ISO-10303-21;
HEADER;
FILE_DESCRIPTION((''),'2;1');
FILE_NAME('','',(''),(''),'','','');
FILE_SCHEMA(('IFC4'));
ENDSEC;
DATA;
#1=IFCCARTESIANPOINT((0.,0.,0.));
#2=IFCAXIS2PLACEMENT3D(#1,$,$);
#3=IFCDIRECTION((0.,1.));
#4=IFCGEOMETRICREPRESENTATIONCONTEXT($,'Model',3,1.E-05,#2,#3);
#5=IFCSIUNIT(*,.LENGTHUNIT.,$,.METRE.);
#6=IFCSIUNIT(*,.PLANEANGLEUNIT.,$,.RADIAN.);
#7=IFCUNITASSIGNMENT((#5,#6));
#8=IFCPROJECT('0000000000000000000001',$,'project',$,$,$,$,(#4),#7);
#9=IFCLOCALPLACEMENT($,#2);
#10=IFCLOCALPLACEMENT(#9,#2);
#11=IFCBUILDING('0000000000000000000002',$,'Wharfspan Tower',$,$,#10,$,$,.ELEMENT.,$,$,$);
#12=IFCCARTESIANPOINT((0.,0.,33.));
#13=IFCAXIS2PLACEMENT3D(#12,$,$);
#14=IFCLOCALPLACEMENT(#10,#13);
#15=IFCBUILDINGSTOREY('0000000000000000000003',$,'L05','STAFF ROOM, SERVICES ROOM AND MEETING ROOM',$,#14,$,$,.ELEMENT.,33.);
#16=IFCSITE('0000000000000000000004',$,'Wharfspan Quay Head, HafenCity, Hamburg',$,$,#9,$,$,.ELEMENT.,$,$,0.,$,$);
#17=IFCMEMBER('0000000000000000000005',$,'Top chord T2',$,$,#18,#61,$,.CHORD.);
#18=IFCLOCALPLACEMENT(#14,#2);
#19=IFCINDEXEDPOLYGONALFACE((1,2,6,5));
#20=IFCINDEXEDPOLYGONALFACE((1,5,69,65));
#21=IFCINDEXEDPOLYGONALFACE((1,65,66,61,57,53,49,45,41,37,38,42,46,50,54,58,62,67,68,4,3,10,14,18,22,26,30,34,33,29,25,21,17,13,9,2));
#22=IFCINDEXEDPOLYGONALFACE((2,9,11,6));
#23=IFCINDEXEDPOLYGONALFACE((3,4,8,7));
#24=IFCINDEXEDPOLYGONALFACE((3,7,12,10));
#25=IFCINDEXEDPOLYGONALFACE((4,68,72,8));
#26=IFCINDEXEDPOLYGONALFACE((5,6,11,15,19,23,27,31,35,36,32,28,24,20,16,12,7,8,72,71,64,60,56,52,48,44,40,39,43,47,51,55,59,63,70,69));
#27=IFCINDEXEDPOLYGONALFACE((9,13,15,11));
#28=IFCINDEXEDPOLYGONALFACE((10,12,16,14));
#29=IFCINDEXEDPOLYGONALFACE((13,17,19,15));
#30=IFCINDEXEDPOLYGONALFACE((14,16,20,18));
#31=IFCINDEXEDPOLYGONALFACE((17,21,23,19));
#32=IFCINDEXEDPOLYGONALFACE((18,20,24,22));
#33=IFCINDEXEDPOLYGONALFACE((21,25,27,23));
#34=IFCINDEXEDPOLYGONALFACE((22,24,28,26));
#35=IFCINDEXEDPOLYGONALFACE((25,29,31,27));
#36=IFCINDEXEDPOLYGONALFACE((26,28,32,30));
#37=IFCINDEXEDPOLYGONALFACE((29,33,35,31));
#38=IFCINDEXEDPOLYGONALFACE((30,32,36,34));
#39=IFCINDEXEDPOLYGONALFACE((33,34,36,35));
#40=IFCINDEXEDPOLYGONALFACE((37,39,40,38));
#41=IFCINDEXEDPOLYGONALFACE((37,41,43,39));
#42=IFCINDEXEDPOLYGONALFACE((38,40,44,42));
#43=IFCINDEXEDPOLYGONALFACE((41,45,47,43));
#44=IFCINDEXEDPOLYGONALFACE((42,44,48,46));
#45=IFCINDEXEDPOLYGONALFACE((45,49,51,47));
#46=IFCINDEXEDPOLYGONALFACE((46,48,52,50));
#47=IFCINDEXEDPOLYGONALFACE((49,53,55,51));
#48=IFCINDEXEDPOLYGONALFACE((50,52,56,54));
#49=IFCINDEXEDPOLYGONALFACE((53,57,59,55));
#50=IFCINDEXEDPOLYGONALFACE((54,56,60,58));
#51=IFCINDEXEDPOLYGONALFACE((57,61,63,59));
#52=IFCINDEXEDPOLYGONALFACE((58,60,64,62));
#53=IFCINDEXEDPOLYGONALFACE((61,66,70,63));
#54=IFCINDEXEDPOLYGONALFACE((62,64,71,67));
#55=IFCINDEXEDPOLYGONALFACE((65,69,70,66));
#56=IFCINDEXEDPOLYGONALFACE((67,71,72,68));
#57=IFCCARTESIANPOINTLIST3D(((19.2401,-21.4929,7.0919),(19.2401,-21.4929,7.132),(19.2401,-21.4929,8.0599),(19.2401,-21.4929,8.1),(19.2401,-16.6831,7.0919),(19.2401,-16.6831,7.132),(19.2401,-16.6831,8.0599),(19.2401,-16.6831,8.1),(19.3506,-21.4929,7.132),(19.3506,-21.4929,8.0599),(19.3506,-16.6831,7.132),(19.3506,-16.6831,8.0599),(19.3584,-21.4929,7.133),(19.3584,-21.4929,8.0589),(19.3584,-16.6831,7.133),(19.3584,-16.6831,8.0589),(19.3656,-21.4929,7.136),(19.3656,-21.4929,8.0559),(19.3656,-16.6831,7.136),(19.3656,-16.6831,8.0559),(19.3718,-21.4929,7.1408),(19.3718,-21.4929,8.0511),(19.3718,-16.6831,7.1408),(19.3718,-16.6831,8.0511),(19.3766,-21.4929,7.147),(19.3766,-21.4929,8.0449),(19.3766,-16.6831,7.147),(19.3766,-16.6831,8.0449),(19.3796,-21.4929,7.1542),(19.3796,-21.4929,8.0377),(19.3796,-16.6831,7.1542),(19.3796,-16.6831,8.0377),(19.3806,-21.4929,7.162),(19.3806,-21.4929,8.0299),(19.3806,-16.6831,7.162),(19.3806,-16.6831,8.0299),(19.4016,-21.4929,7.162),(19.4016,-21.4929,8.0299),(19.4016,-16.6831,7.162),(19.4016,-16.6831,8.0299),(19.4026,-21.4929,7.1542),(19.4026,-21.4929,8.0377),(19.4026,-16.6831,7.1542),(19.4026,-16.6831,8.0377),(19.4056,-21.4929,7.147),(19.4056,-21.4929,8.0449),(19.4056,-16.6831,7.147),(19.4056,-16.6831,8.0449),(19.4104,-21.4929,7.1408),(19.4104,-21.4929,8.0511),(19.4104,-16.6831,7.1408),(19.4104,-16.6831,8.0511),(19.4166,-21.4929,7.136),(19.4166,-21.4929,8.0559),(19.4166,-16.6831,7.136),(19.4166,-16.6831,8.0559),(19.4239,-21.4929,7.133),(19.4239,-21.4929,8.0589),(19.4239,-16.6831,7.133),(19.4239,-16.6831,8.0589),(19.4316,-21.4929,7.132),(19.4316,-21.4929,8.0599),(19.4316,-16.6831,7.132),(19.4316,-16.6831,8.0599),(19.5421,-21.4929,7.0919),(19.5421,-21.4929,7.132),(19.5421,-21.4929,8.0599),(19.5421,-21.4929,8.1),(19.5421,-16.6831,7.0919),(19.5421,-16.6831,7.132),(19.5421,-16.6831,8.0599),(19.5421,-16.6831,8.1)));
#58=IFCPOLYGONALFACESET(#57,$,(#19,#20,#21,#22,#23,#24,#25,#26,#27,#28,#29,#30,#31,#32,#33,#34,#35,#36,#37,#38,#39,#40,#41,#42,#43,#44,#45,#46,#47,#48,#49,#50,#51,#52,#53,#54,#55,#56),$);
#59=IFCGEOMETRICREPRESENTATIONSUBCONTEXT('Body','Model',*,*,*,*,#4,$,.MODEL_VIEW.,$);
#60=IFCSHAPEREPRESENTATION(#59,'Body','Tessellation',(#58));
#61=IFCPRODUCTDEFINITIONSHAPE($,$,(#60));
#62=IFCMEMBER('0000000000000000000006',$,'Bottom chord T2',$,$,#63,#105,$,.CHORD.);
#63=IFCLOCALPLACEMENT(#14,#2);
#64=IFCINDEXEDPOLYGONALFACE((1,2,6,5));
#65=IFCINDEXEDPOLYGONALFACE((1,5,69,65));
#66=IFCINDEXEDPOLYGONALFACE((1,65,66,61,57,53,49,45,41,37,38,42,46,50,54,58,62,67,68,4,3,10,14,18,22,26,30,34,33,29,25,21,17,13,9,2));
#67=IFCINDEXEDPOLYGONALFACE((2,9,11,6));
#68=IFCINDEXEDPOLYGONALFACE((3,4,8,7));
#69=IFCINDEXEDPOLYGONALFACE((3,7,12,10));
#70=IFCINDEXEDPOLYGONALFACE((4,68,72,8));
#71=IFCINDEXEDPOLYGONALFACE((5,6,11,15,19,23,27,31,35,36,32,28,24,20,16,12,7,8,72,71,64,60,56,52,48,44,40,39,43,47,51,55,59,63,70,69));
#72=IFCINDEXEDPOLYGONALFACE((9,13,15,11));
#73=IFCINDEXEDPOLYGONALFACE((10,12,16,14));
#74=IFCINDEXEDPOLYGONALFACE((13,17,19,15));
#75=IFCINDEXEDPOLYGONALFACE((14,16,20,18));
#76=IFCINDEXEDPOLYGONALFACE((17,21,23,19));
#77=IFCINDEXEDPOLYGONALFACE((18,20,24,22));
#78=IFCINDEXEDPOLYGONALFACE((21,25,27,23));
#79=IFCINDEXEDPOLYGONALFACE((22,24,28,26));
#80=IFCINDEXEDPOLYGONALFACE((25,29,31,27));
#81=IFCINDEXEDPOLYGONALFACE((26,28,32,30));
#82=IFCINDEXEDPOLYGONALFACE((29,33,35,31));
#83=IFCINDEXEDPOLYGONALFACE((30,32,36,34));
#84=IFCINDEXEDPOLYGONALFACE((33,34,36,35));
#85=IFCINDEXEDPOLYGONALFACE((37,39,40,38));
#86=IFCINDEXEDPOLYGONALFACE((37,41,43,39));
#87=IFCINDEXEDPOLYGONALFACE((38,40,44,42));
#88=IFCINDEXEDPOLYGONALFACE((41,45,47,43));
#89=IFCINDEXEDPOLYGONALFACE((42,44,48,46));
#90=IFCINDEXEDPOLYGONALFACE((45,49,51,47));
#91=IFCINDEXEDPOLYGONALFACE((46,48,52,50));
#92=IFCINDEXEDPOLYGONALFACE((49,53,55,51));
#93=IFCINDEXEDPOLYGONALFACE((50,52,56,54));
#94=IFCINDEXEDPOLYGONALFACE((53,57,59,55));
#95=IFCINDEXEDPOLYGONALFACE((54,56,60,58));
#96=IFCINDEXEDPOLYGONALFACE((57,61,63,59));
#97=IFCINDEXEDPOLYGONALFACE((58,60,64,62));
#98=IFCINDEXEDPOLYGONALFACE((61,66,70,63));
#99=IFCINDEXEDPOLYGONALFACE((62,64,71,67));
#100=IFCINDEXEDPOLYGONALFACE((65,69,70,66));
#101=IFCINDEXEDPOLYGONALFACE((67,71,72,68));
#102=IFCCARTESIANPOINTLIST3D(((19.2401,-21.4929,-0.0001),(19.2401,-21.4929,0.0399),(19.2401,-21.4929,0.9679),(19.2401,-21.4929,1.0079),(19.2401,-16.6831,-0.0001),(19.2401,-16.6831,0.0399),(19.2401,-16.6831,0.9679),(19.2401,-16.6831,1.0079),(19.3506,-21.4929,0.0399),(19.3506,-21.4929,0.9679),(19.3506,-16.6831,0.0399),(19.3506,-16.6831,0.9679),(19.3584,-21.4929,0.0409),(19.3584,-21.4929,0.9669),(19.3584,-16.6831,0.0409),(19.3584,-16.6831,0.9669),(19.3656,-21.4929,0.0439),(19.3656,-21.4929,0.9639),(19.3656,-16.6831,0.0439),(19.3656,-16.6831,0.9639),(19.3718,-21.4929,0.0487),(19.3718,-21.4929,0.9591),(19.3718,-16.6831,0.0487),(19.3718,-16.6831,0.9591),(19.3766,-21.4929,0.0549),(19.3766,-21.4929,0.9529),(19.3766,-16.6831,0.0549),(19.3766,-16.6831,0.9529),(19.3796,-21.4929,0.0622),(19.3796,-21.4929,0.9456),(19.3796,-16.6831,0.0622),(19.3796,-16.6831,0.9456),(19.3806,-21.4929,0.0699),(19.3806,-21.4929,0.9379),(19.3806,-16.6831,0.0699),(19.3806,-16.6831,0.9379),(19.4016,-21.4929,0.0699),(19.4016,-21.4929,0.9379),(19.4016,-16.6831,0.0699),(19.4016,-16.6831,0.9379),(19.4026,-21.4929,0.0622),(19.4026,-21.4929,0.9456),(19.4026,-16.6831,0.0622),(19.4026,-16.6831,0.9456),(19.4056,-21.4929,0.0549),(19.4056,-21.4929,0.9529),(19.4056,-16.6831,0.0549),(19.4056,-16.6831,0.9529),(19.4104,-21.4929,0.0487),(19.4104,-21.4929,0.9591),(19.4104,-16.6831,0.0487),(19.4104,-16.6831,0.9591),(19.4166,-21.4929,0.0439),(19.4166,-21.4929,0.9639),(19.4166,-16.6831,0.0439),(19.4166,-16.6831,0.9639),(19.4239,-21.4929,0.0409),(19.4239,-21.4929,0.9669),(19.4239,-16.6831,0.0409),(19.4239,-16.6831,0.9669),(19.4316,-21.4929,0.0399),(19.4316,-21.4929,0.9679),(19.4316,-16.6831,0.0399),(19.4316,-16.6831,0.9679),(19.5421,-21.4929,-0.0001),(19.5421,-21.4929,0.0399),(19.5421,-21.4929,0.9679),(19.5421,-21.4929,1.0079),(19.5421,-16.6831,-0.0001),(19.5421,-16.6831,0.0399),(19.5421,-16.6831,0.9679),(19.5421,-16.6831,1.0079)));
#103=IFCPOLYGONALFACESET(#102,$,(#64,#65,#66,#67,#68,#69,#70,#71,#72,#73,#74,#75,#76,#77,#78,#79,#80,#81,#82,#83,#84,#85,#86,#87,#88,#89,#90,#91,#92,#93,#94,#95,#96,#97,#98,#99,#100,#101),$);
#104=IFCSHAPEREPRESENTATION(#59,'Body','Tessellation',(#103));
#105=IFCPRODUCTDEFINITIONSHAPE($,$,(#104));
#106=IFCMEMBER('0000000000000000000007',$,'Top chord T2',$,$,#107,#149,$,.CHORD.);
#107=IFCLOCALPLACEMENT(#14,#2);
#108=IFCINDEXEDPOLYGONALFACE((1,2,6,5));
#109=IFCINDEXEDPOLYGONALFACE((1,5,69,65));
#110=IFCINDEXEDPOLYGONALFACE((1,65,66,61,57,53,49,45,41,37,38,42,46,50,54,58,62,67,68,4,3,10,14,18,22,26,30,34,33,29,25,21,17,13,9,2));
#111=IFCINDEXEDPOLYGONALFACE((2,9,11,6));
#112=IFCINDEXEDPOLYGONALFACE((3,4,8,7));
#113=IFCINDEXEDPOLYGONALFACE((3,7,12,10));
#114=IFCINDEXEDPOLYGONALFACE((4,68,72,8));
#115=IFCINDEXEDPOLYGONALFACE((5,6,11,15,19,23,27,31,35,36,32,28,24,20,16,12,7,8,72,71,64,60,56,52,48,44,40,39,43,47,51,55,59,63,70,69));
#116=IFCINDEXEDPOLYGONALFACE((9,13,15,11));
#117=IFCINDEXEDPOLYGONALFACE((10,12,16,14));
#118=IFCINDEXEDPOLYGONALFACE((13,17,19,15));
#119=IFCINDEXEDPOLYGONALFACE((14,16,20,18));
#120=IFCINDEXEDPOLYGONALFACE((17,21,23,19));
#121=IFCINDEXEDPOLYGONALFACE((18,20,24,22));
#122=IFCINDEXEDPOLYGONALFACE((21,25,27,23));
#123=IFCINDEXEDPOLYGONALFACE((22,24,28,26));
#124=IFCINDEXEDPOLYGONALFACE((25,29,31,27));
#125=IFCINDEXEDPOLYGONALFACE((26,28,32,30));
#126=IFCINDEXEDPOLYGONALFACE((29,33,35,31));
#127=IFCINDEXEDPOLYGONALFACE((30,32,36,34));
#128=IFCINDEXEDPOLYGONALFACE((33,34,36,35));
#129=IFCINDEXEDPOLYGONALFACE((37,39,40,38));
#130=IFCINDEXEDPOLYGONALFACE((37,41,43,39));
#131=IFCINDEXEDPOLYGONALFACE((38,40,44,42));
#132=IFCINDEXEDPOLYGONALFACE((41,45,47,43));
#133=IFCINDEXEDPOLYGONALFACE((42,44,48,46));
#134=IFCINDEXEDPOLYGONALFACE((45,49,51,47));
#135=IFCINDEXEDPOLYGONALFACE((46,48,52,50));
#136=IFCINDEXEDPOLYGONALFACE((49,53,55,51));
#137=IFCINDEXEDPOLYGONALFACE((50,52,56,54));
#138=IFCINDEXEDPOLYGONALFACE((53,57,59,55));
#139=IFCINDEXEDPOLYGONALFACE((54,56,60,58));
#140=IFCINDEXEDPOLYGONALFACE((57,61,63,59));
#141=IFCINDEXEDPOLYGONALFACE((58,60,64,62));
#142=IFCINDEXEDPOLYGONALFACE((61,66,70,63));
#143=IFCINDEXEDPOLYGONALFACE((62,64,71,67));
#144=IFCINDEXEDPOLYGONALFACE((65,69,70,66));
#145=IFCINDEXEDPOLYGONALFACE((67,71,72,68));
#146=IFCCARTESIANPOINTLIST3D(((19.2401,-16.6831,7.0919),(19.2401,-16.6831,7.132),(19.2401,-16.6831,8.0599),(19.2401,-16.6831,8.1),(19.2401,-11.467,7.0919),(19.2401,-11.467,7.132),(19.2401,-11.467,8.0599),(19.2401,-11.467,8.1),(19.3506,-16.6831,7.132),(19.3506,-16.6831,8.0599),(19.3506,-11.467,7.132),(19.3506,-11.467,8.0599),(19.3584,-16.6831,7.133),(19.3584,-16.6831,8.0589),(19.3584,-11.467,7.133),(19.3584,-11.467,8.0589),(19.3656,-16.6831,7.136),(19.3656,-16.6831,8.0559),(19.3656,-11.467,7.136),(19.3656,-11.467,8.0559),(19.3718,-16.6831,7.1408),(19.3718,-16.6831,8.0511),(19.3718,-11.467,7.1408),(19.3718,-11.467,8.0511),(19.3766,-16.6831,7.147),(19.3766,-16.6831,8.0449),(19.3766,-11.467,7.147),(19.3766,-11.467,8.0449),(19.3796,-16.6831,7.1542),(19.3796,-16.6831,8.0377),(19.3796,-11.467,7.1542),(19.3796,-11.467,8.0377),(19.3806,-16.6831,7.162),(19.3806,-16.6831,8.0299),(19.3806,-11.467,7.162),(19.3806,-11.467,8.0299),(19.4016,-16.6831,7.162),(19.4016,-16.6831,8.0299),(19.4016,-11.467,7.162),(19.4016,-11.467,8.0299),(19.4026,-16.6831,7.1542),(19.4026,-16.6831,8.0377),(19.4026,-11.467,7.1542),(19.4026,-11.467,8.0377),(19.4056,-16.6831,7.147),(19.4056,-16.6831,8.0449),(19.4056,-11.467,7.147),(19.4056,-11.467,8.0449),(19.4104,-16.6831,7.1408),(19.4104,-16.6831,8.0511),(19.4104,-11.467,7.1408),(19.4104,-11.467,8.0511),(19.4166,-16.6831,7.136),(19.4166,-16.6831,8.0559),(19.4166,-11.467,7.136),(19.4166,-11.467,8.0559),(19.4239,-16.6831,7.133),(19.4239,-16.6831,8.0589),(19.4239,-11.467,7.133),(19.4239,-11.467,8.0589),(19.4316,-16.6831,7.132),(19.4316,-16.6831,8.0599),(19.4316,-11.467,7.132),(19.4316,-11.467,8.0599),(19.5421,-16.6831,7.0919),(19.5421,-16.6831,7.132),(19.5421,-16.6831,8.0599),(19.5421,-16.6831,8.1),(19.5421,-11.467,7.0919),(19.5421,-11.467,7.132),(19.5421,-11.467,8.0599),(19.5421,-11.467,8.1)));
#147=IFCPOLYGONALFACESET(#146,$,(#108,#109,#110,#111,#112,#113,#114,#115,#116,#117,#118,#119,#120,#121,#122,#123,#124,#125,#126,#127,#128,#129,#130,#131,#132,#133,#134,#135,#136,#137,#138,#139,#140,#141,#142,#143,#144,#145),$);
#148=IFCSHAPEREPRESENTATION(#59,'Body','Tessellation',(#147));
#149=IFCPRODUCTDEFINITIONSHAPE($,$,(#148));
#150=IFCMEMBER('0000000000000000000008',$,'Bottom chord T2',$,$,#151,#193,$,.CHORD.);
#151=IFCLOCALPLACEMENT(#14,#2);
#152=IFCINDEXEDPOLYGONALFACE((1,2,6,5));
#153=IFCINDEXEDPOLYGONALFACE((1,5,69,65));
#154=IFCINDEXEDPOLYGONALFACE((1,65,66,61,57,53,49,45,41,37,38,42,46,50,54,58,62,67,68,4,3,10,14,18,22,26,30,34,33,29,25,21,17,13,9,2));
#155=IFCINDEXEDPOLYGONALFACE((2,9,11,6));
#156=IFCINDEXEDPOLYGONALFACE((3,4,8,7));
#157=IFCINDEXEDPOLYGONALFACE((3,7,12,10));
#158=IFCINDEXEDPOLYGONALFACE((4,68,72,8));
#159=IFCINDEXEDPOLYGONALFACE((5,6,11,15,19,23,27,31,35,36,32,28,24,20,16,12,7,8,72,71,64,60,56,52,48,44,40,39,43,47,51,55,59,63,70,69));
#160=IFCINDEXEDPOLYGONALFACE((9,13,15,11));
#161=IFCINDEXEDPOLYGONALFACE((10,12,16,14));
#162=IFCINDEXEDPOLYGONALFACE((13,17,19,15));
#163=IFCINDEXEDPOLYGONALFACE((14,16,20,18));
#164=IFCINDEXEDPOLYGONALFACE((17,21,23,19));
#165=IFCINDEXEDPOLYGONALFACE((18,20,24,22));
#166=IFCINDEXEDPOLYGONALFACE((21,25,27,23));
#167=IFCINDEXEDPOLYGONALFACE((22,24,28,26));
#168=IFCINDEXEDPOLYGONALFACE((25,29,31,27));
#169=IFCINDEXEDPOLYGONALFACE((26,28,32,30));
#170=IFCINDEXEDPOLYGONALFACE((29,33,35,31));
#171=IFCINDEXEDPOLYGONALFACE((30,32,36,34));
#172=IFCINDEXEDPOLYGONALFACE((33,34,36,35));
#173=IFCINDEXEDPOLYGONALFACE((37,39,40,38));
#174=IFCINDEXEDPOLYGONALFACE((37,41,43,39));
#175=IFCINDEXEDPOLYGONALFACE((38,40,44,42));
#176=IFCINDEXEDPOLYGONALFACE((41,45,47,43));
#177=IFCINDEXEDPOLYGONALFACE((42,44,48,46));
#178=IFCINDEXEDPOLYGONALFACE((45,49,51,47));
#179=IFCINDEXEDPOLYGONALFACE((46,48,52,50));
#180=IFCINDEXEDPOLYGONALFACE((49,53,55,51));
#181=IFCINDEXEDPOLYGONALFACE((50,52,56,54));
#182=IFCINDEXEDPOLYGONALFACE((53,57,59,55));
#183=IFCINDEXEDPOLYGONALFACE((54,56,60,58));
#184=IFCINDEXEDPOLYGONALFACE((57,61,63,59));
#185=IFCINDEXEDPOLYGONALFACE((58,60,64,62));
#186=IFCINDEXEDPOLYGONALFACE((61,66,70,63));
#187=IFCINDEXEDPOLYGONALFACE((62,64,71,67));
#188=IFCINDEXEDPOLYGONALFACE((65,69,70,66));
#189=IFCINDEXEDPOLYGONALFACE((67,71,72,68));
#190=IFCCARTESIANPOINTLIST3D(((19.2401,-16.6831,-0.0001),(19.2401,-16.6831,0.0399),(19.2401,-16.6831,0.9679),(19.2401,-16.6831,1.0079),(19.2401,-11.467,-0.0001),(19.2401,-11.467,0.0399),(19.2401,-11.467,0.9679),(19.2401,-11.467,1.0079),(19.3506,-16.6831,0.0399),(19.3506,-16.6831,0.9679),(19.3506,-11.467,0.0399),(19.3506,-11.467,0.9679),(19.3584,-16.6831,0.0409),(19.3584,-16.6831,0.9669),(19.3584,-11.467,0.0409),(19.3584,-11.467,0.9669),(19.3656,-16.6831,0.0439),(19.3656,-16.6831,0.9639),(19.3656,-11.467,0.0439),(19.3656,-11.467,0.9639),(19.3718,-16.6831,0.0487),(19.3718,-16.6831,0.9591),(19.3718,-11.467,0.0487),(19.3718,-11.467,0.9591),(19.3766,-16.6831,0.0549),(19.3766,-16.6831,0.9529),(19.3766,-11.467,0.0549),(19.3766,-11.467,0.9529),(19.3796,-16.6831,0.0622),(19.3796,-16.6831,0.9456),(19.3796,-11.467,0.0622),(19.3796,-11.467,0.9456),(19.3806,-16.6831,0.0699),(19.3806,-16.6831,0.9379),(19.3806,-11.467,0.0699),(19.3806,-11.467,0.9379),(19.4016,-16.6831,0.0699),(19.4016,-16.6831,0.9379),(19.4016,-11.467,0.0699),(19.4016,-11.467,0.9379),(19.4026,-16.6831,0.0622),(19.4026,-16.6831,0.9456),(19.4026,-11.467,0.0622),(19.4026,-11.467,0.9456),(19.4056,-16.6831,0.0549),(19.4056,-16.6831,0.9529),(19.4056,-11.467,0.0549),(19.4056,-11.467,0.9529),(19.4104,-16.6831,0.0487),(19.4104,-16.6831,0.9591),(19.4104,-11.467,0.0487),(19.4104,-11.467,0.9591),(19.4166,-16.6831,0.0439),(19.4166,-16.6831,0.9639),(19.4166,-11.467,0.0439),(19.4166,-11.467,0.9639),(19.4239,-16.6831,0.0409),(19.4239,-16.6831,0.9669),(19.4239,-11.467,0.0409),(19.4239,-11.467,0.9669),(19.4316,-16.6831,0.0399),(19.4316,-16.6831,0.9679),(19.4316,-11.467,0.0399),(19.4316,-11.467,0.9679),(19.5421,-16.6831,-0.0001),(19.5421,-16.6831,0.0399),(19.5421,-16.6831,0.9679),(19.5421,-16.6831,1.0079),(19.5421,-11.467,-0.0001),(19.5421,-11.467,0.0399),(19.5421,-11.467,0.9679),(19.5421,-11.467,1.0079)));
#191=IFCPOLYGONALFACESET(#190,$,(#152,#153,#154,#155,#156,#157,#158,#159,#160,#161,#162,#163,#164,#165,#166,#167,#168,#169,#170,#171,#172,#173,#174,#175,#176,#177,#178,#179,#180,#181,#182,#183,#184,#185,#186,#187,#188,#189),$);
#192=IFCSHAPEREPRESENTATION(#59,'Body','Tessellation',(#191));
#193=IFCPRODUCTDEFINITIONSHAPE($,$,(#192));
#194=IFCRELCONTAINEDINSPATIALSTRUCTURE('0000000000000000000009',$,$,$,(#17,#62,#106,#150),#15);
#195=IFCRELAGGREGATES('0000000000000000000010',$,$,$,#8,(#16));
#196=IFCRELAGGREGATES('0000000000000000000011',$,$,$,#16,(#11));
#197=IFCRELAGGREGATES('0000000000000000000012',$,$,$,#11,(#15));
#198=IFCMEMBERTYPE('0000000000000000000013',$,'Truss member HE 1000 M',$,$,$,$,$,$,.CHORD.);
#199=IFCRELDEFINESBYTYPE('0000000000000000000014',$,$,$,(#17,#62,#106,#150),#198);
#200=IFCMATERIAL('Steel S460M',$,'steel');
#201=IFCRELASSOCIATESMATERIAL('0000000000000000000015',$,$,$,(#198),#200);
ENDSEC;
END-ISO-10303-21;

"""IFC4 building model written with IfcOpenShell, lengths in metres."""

from ifc_helpers import new_model, si_unit, direction, frame, origin, origin_2d, place, context, subcontext, project, spatial, i_section, extrude, material, material_profile, profile_set, type_object, element, save


model = new_model("IFC4")

# Units and contexts
model_context = context("Model", 3, precision=1e-05, world=origin(), true_north=direction((0.0, 1.0)))
body_context = subcontext(model_context, "Body", "Model", "MODEL_VIEW")
ifc_project = project(units=[si_unit("LENGTHUNIT", "METRE"), si_unit("PLANEANGLEUNIT", "RADIAN")], contexts=[model_context])

# Site, building, storey
site_placement = place(None, origin())
site = spatial("IfcSite", under=ifc_project, at=site_placement, Name="Wharfspan Quay Head, HafenCity, Hamburg", CompositionType="ELEMENT", RefElevation=0.0)
building_placement = place(site_placement, origin())
building = spatial("IfcBuilding", under=site, at=building_placement, Name="Wharfspan Tower", CompositionType="ELEMENT")
storey_placement = place(building_placement, frame((0.0, 0.0, 33.0)))
storey = spatial("IfcBuildingStorey", under=building, at=storey_placement, Name="L05", Description="STAFF ROOM, SERVICES ROOM AND MEETING ROOM", CompositionType="ELEMENT", Elevation=33.0)

# Members
ifc_material_1 = material(Name="Steel S460M", Category="steel")
ifc_material_profile_1 = material_profile(ifc_material_1, i_section(OverallWidth=0.302, OverallDepth=1.0081, WebThickness=0.021, FlangeThickness=0.04, FilletRadius=0.03, at=origin_2d()))
ifc_profile_set_1 = profile_set([ifc_material_profile_1], Name="Steel S460M")
member_type_1 = type_object("IfcMemberType", Name="Truss member HE 1000 M", PredefinedType="CHORD", material=ifc_profile_set_1)
for number, where, z_axis, x_axis, name in (
    (1, (19.3911, -21.4929, 7.5959), (0.0, 1.0, 0.0), (-1.0, 0.0, 0.0), "Top chord T2"),
    (2, (19.3911, -21.4929, 0.5039), (0.0, 1.0, 0.0), (-1.0, 0.0, 0.0), "Bottom chord T2"),
):
    element("IfcMember", number, at=place(storey_placement, frame(where, z_axis=z_axis, x_axis=x_axis)), inside=storey, type_object=member_type_1, Name=name, PredefinedType="CHORD", context=body_context, shape_type="SweptSolid", body=[
        extrude(i_section(OverallWidth=0.302, OverallDepth=1.0081, WebThickness=0.021, FlangeThickness=0.04, FilletRadius=0.03, at=origin_2d()), origin(), (0.0, 0.0, 1.0), 4.8098),
    ])
for number, where, z_axis, x_axis, name in (
    (3, (19.3911, -16.6831, 7.5959), (0.0, 1.0, 0.0), (-1.0, 0.0, 0.0), "Top chord T2"),
    (4, (19.3911, -16.6831, 0.5039), (0.0, 1.0, 0.0), (-1.0, 0.0, 0.0), "Bottom chord T2"),
):
    element("IfcMember", number, at=place(storey_placement, frame(where, z_axis=z_axis, x_axis=x_axis)), inside=storey, type_object=member_type_1, Name=name, PredefinedType="CHORD", context=body_context, shape_type="SweptSolid", body=[
        extrude(i_section(OverallWidth=0.302, OverallDepth=1.0081, WebThickness=0.021, FlangeThickness=0.04, FilletRadius=0.03, at=origin_2d()), origin(), (0.0, 0.0, 1.0), 5.2161),
    ])

save(model, "model.ifc")
